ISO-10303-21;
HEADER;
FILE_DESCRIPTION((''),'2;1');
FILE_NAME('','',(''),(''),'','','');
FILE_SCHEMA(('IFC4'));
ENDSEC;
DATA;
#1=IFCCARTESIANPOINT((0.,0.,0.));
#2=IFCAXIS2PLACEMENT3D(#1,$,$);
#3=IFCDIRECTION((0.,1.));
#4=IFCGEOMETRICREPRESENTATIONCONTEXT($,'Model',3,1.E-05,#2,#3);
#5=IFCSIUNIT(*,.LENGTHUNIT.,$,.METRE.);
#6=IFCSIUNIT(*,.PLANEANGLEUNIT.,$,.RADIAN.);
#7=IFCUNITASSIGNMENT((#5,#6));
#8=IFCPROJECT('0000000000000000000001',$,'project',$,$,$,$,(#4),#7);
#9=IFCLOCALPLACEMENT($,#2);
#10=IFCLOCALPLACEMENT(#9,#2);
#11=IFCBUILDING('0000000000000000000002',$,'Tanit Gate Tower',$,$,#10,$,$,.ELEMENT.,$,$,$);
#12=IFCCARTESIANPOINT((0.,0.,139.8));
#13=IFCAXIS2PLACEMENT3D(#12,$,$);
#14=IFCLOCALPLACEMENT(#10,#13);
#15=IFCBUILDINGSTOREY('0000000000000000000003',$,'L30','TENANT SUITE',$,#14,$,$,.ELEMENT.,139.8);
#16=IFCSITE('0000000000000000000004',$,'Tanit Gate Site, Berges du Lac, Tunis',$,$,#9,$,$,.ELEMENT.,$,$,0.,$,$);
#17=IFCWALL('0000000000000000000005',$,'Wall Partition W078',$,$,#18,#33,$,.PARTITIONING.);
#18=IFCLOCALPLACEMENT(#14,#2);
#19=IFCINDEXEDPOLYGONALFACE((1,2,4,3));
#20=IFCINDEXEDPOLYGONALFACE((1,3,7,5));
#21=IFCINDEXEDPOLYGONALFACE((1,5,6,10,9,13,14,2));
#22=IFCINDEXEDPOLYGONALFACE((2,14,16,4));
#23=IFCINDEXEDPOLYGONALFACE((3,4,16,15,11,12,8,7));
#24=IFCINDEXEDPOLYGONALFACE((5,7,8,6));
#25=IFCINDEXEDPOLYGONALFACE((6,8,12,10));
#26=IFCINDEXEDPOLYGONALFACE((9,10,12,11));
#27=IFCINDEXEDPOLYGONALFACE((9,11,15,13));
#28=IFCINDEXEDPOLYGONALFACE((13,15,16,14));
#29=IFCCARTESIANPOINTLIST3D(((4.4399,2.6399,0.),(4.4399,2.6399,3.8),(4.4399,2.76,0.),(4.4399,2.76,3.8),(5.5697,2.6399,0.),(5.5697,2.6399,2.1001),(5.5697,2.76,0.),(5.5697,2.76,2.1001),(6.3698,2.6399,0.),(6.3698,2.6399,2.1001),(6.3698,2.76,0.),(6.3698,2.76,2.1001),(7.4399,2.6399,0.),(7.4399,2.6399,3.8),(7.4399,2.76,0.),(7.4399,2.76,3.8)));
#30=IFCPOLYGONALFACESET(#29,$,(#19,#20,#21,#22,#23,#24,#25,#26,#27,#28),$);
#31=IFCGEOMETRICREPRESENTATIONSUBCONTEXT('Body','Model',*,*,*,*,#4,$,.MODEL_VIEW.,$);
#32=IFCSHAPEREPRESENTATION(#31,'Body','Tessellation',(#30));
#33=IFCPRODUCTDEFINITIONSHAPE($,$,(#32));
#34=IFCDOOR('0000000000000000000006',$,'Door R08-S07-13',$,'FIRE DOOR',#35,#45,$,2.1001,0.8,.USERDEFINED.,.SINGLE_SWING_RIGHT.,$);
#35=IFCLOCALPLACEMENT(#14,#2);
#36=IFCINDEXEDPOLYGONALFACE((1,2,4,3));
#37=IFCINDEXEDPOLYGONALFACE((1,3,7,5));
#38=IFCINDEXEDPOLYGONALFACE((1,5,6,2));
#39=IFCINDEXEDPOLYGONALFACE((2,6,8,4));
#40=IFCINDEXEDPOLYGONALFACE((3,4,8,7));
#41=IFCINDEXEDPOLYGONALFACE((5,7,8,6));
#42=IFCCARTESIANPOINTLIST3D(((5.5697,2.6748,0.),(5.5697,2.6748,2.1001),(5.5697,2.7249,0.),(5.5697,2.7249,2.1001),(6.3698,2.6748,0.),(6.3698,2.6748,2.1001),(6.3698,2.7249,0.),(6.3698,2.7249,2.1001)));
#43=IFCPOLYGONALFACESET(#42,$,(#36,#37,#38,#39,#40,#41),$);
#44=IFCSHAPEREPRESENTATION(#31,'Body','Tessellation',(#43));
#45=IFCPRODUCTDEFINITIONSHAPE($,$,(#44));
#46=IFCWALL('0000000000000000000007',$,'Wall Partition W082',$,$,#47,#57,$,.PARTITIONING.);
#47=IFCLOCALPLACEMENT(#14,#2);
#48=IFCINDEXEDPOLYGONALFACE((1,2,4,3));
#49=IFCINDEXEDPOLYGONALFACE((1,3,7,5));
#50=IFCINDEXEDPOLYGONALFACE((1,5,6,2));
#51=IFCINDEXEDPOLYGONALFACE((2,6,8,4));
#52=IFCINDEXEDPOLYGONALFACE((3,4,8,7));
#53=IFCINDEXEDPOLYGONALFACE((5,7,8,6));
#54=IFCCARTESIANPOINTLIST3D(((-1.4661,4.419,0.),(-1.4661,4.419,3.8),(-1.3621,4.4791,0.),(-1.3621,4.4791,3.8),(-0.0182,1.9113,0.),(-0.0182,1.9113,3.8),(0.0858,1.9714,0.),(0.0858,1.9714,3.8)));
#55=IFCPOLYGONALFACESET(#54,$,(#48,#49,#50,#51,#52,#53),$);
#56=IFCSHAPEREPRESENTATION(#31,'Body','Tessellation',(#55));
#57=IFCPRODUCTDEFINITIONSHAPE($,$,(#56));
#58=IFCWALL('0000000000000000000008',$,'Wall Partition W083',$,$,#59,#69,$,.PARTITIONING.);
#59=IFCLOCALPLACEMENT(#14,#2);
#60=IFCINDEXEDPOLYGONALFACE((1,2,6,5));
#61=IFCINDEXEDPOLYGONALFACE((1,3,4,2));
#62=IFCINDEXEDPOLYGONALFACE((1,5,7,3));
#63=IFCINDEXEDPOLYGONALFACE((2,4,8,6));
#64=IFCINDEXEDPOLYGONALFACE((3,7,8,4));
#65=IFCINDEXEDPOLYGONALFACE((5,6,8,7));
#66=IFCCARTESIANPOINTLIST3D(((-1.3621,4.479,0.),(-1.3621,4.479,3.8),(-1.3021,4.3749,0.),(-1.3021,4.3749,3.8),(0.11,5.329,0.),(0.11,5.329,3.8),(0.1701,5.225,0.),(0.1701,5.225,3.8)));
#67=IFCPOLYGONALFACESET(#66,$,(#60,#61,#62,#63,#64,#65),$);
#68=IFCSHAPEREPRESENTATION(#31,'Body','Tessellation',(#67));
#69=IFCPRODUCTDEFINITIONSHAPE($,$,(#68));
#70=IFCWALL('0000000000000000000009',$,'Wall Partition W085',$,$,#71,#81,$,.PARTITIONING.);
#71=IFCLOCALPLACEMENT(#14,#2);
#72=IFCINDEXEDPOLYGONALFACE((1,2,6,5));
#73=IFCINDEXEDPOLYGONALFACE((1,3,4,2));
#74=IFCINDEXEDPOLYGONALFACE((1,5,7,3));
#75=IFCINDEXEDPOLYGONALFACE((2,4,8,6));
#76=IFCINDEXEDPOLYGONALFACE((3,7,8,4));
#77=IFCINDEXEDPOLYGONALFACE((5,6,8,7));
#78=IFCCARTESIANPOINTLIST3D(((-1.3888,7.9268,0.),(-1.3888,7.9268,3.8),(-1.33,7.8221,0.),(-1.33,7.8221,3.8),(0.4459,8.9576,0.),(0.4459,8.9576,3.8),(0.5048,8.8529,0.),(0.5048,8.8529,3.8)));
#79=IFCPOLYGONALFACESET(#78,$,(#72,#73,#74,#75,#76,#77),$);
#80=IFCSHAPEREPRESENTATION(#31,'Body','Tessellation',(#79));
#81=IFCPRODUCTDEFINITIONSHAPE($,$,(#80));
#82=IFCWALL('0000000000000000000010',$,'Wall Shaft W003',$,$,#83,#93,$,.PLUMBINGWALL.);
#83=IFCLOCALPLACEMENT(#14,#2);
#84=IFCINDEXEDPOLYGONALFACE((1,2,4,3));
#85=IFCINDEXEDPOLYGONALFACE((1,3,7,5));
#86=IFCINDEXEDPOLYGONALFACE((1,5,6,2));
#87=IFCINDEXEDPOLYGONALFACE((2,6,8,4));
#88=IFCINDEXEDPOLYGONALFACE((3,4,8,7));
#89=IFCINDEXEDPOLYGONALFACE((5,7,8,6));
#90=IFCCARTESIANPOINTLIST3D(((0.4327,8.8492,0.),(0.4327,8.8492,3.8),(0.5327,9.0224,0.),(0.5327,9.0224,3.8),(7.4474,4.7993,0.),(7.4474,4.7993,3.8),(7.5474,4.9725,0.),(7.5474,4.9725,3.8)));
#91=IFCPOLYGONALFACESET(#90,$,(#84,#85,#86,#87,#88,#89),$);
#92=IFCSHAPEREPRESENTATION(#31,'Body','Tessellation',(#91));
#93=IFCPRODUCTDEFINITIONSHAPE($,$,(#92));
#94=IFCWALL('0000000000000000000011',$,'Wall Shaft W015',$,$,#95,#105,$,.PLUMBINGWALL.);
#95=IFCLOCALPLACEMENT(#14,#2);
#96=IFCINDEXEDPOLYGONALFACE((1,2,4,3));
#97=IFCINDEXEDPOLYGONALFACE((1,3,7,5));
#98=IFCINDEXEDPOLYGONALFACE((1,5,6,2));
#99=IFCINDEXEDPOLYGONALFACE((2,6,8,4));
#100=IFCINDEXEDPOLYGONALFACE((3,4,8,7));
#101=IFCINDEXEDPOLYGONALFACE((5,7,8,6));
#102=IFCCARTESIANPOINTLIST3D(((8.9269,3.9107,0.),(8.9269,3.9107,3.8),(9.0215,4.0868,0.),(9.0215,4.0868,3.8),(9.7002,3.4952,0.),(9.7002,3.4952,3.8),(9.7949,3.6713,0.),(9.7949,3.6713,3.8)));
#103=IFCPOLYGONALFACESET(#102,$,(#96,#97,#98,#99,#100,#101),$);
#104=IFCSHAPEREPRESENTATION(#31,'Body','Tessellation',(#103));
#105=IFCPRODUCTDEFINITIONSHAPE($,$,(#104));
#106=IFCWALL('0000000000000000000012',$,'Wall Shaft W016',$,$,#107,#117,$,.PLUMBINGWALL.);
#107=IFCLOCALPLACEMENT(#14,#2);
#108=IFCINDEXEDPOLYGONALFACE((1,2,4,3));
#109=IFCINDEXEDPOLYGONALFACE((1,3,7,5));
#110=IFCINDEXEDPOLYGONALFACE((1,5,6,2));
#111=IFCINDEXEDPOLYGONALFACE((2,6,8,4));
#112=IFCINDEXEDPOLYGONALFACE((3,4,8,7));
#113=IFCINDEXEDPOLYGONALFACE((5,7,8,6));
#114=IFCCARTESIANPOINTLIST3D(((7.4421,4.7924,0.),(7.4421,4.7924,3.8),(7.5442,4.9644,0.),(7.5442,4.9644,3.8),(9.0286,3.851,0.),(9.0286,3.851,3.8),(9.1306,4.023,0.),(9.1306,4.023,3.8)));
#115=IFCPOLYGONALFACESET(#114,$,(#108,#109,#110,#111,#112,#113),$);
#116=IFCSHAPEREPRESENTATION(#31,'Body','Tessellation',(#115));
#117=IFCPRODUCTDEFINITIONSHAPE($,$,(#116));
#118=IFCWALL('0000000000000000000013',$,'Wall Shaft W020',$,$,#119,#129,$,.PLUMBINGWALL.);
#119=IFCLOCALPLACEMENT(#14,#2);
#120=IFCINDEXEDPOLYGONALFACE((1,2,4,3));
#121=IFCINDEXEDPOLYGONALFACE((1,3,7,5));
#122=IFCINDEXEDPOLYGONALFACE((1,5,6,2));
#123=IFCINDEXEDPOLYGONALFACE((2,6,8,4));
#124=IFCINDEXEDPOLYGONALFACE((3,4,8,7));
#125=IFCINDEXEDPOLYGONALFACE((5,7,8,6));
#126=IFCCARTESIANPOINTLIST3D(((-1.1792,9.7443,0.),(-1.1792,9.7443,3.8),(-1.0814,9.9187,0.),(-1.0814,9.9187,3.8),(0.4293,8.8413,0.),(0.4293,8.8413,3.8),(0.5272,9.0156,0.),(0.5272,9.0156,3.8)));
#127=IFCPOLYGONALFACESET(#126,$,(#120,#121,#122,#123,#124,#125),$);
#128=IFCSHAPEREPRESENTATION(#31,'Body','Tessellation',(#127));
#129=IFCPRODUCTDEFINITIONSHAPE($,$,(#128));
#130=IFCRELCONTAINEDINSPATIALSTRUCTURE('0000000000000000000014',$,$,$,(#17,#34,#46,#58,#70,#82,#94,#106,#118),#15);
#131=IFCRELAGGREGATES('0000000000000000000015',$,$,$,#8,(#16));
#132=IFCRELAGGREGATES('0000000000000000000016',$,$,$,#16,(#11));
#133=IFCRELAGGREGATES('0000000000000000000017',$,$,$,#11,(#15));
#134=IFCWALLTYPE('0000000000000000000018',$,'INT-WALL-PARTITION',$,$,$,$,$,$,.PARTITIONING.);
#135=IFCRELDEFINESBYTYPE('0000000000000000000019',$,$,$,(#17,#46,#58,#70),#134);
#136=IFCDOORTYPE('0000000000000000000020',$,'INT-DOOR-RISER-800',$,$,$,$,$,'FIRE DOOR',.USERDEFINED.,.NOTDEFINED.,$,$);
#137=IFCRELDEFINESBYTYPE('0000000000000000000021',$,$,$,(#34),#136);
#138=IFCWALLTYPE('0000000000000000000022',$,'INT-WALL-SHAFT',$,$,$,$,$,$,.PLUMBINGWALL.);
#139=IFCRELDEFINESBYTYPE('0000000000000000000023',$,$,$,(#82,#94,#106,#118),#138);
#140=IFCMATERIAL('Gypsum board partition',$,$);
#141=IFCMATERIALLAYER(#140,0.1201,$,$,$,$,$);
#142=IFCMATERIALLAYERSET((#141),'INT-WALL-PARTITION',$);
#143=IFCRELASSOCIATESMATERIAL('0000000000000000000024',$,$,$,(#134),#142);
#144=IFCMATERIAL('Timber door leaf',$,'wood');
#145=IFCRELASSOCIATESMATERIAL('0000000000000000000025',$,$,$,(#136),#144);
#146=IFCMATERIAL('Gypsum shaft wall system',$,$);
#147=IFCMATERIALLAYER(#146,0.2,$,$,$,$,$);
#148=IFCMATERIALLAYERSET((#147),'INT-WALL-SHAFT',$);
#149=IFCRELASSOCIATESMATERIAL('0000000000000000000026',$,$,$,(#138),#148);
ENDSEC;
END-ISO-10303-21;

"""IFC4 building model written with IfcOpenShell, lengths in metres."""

from ifc_helpers import new_model, si_unit, direction, frame, frame_2d, origin, place, context, subcontext, project, spatial, rectangle, extrude, material, layer, layer_set, type_object, element, fill, save


model = new_model("IFC4")

# Units and contexts
model_context = context("Model", 3, precision=1e-05, world=origin(), true_north=direction((0.0, 1.0)))
body_context = subcontext(model_context, "Body", "Model", "MODEL_VIEW")
ifc_project = project(units=[si_unit("LENGTHUNIT", "METRE"), si_unit("PLANEANGLEUNIT", "RADIAN")], contexts=[model_context])

# Site, building, storey
site_placement = place(None, origin())
site = spatial("IfcSite", under=ifc_project, at=site_placement, Name="Tanit Gate Site, Berges du Lac, Tunis", CompositionType="ELEMENT", RefElevation=0.0)
building_placement = place(site_placement, origin())
building = spatial("IfcBuilding", under=site, at=building_placement, Name="Tanit Gate Tower", CompositionType="ELEMENT")
storey_placement = place(building_placement, frame((0.0, 0.0, 139.8)))
storey = spatial("IfcBuildingStorey", under=building, at=storey_placement, Name="L30", Description="TENANT SUITE", CompositionType="ELEMENT", Elevation=139.8)

# Wall, opening, door
ifc_material_1 = material(Name="Gypsum board partition")
ifc_layer_1 = layer(ifc_material_1, 0.1201)
ifc_layer_set_1 = layer_set([ifc_layer_1], Name="INT-WALL-PARTITION")
wall_type_1 = type_object("IfcWallType", Name="INT-WALL-PARTITION", PredefinedType="PARTITIONING", material=ifc_layer_set_1)
wall_1_placement = place(storey_placement, frame((4.4399, 2.7, 0.0), z_axis=(0.0, 0.0, 1.0), x_axis=(1.0, 0.0, 0.0)))
wall_1 = element("IfcWall", 1, at=wall_1_placement, inside=storey, type_object=wall_type_1, Name="Wall Partition W078", PredefinedType="PARTITIONING", context=body_context, shape_type="SweptSolid", body=[
    extrude(rectangle(XDim=3.0, YDim=0.1201, at=frame_2d((1.5, 0.0))), origin(), (0.0, 0.0, 1.0), 3.8),
])
opening_1_placement = place(wall_1_placement, frame((1.1299, 0.0, 0.0)))
opening_1 = element("IfcOpeningElement", 2, at=opening_1_placement, cuts=wall_1, PredefinedType="OPENING", context=body_context, shape_type="SweptSolid", body=[
    extrude(rectangle(XDim=0.8, YDim=2.1001, at=frame_2d((0.3999, 1.05))), frame((0.0, 0.0701, 0.0), z_axis=(0.0, -1.0, 0.0), x_axis=(1.0, 0.0, 0.0)), (0.0, 0.0, 1.0), 0.1401),
])
ifc_material_2 = material(Name="Timber door leaf", Category="wood")
door_type_1 = type_object("IfcDoorType", Name="INT-DOOR-RISER-800", ElementType="FIRE DOOR", OperationType="NOTDEFINED", PredefinedType="USERDEFINED", material=ifc_material_2)
door_1_placement = place(opening_1_placement, origin())
door_1 = element("IfcDoor", 3, at=door_1_placement, inside=storey, type_object=door_type_1, Name="Door R08-S07-13", ObjectType="FIRE DOOR", OperationType="SINGLE_SWING_RIGHT", OverallHeight=2.1001, OverallWidth=0.8, PredefinedType="USERDEFINED", context=body_context, shape_type="SweptSolid", body=[
    extrude(rectangle(XDim=0.8, YDim=2.1001, at=frame_2d((0.3999, 1.05))), frame((0.0, 0.0249, 0.0), z_axis=(0.0, -1.0, 0.0), x_axis=(1.0, 0.0, 0.0)), (0.0, 0.0, 1.0), 0.05),
])
fill(opening_1, door_1)

# Walls
wall_2_placement = place(storey_placement, frame((-1.4141, 4.449, 0.0), z_axis=(0.0, 0.0, 1.0), x_axis=(0.500029, -0.866009, 0.0)))
element("IfcWall", 4, at=wall_2_placement, inside=storey, type_object=wall_type_1, Name="Wall Partition W082", PredefinedType="PARTITIONING", context=body_context, shape_type="SweptSolid", body=[
    extrude(rectangle(XDim=2.8958, YDim=0.1201, at=frame_2d((1.4478, 0.0))), origin(), (0.0, 0.0, 1.0), 3.8),
])
wall_3_placement = place(storey_placement, frame((0.1401, 5.2771, 0.0), z_axis=(0.0, 0.0, 1.0), x_axis=(-0.865989, -0.500062, 0.0)))
element("IfcWall", 5, at=wall_3_placement, inside=storey, type_object=wall_type_1, Name="Wall Partition W083", PredefinedType="PARTITIONING", context=body_context, shape_type="SweptSolid", body=[
    extrude(rectangle(XDim=1.7, YDim=0.1201, at=frame_2d((0.8501, 0.0))), origin(), (0.0, 0.0, 1.0), 3.8),
])
wall_4_placement = place(storey_placement, frame((0.4753, 8.9053, 0.0), z_axis=(0.0, 0.0, 1.0), x_axis=(-0.871833, -0.489804, 0.0)))
element("IfcWall", 6, at=wall_4_placement, inside=storey, type_object=wall_type_1, Name="Wall Partition W085", PredefinedType="PARTITIONING", context=body_context, shape_type="SweptSolid", body=[
    extrude(rectangle(XDim=2.1045, YDim=0.1201, at=frame_2d((1.0522, 0.0))), origin(), (0.0, 0.0, 1.0), 3.8),
])
ifc_material_3 = material(Name="Gypsum shaft wall system")
ifc_layer_2 = layer(ifc_material_3, 0.2)
ifc_layer_set_2 = layer_set([ifc_layer_2], Name="INT-WALL-SHAFT")
wall_type_2 = type_object("IfcWallType", Name="INT-WALL-SHAFT", PredefinedType="PLUMBINGWALL", material=ifc_layer_set_2)
wall_5_placement = place(storey_placement, frame((7.4973, 4.886, 0.0), z_axis=(0.0, 0.0, 1.0), x_axis=(-0.866031, 0.49999, 0.0)))
element("IfcWall", 7, at=wall_5_placement, inside=storey, type_object=wall_type_2, Name="Wall Shaft W003", PredefinedType="PLUMBINGWALL", context=body_context, shape_type="SweptSolid", body=[
    extrude(rectangle(XDim=8.0999, YDim=0.2, at=frame_2d((4.0498, 0.0))), origin(), (0.0, 0.0, 1.0), 3.8),
])
wall_6_placement = place(storey_placement, frame((9.7476, 3.5833, 0.0), z_axis=(0.0, 0.0, 1.0), x_axis=(-0.880917, 0.473271, 0.0)))
element("IfcWall", 8, at=wall_6_placement, inside=storey, type_object=wall_type_2, Name="Wall Shaft W015", PredefinedType="PLUMBINGWALL", context=body_context, shape_type="SweptSolid", body=[
    extrude(rectangle(XDim=0.8779, YDim=0.2, at=frame_2d((0.439, 0.0))), origin(), (0.0, 0.0, 1.0), 3.8),
])
for number, where, z_axis, x_axis, name in (
    (9, (9.0796, 3.937, 0.0), (0.0, 0.0, 1.0), (-0.859982, 0.510325, 0.0), "Wall Shaft W016"),
    (10, (0.4783, 8.9285, 0.0), (0.0, 0.0, 1.0), (-0.871989, 0.489526, 0.0), "Wall Shaft W020"),
):
    element("IfcWall", number, at=place(storey_placement, frame(where, z_axis=z_axis, x_axis=x_axis)), inside=storey, type_object=wall_type_2, Name=name, PredefinedType="PLUMBINGWALL", context=body_context, shape_type="SweptSolid", body=[
        extrude(rectangle(XDim=1.8447, YDim=0.2, at=frame_2d((0.9224, 0.0))), origin(), (0.0, 0.0, 1.0), 3.8),
    ])

save(model, "model.ifc")
